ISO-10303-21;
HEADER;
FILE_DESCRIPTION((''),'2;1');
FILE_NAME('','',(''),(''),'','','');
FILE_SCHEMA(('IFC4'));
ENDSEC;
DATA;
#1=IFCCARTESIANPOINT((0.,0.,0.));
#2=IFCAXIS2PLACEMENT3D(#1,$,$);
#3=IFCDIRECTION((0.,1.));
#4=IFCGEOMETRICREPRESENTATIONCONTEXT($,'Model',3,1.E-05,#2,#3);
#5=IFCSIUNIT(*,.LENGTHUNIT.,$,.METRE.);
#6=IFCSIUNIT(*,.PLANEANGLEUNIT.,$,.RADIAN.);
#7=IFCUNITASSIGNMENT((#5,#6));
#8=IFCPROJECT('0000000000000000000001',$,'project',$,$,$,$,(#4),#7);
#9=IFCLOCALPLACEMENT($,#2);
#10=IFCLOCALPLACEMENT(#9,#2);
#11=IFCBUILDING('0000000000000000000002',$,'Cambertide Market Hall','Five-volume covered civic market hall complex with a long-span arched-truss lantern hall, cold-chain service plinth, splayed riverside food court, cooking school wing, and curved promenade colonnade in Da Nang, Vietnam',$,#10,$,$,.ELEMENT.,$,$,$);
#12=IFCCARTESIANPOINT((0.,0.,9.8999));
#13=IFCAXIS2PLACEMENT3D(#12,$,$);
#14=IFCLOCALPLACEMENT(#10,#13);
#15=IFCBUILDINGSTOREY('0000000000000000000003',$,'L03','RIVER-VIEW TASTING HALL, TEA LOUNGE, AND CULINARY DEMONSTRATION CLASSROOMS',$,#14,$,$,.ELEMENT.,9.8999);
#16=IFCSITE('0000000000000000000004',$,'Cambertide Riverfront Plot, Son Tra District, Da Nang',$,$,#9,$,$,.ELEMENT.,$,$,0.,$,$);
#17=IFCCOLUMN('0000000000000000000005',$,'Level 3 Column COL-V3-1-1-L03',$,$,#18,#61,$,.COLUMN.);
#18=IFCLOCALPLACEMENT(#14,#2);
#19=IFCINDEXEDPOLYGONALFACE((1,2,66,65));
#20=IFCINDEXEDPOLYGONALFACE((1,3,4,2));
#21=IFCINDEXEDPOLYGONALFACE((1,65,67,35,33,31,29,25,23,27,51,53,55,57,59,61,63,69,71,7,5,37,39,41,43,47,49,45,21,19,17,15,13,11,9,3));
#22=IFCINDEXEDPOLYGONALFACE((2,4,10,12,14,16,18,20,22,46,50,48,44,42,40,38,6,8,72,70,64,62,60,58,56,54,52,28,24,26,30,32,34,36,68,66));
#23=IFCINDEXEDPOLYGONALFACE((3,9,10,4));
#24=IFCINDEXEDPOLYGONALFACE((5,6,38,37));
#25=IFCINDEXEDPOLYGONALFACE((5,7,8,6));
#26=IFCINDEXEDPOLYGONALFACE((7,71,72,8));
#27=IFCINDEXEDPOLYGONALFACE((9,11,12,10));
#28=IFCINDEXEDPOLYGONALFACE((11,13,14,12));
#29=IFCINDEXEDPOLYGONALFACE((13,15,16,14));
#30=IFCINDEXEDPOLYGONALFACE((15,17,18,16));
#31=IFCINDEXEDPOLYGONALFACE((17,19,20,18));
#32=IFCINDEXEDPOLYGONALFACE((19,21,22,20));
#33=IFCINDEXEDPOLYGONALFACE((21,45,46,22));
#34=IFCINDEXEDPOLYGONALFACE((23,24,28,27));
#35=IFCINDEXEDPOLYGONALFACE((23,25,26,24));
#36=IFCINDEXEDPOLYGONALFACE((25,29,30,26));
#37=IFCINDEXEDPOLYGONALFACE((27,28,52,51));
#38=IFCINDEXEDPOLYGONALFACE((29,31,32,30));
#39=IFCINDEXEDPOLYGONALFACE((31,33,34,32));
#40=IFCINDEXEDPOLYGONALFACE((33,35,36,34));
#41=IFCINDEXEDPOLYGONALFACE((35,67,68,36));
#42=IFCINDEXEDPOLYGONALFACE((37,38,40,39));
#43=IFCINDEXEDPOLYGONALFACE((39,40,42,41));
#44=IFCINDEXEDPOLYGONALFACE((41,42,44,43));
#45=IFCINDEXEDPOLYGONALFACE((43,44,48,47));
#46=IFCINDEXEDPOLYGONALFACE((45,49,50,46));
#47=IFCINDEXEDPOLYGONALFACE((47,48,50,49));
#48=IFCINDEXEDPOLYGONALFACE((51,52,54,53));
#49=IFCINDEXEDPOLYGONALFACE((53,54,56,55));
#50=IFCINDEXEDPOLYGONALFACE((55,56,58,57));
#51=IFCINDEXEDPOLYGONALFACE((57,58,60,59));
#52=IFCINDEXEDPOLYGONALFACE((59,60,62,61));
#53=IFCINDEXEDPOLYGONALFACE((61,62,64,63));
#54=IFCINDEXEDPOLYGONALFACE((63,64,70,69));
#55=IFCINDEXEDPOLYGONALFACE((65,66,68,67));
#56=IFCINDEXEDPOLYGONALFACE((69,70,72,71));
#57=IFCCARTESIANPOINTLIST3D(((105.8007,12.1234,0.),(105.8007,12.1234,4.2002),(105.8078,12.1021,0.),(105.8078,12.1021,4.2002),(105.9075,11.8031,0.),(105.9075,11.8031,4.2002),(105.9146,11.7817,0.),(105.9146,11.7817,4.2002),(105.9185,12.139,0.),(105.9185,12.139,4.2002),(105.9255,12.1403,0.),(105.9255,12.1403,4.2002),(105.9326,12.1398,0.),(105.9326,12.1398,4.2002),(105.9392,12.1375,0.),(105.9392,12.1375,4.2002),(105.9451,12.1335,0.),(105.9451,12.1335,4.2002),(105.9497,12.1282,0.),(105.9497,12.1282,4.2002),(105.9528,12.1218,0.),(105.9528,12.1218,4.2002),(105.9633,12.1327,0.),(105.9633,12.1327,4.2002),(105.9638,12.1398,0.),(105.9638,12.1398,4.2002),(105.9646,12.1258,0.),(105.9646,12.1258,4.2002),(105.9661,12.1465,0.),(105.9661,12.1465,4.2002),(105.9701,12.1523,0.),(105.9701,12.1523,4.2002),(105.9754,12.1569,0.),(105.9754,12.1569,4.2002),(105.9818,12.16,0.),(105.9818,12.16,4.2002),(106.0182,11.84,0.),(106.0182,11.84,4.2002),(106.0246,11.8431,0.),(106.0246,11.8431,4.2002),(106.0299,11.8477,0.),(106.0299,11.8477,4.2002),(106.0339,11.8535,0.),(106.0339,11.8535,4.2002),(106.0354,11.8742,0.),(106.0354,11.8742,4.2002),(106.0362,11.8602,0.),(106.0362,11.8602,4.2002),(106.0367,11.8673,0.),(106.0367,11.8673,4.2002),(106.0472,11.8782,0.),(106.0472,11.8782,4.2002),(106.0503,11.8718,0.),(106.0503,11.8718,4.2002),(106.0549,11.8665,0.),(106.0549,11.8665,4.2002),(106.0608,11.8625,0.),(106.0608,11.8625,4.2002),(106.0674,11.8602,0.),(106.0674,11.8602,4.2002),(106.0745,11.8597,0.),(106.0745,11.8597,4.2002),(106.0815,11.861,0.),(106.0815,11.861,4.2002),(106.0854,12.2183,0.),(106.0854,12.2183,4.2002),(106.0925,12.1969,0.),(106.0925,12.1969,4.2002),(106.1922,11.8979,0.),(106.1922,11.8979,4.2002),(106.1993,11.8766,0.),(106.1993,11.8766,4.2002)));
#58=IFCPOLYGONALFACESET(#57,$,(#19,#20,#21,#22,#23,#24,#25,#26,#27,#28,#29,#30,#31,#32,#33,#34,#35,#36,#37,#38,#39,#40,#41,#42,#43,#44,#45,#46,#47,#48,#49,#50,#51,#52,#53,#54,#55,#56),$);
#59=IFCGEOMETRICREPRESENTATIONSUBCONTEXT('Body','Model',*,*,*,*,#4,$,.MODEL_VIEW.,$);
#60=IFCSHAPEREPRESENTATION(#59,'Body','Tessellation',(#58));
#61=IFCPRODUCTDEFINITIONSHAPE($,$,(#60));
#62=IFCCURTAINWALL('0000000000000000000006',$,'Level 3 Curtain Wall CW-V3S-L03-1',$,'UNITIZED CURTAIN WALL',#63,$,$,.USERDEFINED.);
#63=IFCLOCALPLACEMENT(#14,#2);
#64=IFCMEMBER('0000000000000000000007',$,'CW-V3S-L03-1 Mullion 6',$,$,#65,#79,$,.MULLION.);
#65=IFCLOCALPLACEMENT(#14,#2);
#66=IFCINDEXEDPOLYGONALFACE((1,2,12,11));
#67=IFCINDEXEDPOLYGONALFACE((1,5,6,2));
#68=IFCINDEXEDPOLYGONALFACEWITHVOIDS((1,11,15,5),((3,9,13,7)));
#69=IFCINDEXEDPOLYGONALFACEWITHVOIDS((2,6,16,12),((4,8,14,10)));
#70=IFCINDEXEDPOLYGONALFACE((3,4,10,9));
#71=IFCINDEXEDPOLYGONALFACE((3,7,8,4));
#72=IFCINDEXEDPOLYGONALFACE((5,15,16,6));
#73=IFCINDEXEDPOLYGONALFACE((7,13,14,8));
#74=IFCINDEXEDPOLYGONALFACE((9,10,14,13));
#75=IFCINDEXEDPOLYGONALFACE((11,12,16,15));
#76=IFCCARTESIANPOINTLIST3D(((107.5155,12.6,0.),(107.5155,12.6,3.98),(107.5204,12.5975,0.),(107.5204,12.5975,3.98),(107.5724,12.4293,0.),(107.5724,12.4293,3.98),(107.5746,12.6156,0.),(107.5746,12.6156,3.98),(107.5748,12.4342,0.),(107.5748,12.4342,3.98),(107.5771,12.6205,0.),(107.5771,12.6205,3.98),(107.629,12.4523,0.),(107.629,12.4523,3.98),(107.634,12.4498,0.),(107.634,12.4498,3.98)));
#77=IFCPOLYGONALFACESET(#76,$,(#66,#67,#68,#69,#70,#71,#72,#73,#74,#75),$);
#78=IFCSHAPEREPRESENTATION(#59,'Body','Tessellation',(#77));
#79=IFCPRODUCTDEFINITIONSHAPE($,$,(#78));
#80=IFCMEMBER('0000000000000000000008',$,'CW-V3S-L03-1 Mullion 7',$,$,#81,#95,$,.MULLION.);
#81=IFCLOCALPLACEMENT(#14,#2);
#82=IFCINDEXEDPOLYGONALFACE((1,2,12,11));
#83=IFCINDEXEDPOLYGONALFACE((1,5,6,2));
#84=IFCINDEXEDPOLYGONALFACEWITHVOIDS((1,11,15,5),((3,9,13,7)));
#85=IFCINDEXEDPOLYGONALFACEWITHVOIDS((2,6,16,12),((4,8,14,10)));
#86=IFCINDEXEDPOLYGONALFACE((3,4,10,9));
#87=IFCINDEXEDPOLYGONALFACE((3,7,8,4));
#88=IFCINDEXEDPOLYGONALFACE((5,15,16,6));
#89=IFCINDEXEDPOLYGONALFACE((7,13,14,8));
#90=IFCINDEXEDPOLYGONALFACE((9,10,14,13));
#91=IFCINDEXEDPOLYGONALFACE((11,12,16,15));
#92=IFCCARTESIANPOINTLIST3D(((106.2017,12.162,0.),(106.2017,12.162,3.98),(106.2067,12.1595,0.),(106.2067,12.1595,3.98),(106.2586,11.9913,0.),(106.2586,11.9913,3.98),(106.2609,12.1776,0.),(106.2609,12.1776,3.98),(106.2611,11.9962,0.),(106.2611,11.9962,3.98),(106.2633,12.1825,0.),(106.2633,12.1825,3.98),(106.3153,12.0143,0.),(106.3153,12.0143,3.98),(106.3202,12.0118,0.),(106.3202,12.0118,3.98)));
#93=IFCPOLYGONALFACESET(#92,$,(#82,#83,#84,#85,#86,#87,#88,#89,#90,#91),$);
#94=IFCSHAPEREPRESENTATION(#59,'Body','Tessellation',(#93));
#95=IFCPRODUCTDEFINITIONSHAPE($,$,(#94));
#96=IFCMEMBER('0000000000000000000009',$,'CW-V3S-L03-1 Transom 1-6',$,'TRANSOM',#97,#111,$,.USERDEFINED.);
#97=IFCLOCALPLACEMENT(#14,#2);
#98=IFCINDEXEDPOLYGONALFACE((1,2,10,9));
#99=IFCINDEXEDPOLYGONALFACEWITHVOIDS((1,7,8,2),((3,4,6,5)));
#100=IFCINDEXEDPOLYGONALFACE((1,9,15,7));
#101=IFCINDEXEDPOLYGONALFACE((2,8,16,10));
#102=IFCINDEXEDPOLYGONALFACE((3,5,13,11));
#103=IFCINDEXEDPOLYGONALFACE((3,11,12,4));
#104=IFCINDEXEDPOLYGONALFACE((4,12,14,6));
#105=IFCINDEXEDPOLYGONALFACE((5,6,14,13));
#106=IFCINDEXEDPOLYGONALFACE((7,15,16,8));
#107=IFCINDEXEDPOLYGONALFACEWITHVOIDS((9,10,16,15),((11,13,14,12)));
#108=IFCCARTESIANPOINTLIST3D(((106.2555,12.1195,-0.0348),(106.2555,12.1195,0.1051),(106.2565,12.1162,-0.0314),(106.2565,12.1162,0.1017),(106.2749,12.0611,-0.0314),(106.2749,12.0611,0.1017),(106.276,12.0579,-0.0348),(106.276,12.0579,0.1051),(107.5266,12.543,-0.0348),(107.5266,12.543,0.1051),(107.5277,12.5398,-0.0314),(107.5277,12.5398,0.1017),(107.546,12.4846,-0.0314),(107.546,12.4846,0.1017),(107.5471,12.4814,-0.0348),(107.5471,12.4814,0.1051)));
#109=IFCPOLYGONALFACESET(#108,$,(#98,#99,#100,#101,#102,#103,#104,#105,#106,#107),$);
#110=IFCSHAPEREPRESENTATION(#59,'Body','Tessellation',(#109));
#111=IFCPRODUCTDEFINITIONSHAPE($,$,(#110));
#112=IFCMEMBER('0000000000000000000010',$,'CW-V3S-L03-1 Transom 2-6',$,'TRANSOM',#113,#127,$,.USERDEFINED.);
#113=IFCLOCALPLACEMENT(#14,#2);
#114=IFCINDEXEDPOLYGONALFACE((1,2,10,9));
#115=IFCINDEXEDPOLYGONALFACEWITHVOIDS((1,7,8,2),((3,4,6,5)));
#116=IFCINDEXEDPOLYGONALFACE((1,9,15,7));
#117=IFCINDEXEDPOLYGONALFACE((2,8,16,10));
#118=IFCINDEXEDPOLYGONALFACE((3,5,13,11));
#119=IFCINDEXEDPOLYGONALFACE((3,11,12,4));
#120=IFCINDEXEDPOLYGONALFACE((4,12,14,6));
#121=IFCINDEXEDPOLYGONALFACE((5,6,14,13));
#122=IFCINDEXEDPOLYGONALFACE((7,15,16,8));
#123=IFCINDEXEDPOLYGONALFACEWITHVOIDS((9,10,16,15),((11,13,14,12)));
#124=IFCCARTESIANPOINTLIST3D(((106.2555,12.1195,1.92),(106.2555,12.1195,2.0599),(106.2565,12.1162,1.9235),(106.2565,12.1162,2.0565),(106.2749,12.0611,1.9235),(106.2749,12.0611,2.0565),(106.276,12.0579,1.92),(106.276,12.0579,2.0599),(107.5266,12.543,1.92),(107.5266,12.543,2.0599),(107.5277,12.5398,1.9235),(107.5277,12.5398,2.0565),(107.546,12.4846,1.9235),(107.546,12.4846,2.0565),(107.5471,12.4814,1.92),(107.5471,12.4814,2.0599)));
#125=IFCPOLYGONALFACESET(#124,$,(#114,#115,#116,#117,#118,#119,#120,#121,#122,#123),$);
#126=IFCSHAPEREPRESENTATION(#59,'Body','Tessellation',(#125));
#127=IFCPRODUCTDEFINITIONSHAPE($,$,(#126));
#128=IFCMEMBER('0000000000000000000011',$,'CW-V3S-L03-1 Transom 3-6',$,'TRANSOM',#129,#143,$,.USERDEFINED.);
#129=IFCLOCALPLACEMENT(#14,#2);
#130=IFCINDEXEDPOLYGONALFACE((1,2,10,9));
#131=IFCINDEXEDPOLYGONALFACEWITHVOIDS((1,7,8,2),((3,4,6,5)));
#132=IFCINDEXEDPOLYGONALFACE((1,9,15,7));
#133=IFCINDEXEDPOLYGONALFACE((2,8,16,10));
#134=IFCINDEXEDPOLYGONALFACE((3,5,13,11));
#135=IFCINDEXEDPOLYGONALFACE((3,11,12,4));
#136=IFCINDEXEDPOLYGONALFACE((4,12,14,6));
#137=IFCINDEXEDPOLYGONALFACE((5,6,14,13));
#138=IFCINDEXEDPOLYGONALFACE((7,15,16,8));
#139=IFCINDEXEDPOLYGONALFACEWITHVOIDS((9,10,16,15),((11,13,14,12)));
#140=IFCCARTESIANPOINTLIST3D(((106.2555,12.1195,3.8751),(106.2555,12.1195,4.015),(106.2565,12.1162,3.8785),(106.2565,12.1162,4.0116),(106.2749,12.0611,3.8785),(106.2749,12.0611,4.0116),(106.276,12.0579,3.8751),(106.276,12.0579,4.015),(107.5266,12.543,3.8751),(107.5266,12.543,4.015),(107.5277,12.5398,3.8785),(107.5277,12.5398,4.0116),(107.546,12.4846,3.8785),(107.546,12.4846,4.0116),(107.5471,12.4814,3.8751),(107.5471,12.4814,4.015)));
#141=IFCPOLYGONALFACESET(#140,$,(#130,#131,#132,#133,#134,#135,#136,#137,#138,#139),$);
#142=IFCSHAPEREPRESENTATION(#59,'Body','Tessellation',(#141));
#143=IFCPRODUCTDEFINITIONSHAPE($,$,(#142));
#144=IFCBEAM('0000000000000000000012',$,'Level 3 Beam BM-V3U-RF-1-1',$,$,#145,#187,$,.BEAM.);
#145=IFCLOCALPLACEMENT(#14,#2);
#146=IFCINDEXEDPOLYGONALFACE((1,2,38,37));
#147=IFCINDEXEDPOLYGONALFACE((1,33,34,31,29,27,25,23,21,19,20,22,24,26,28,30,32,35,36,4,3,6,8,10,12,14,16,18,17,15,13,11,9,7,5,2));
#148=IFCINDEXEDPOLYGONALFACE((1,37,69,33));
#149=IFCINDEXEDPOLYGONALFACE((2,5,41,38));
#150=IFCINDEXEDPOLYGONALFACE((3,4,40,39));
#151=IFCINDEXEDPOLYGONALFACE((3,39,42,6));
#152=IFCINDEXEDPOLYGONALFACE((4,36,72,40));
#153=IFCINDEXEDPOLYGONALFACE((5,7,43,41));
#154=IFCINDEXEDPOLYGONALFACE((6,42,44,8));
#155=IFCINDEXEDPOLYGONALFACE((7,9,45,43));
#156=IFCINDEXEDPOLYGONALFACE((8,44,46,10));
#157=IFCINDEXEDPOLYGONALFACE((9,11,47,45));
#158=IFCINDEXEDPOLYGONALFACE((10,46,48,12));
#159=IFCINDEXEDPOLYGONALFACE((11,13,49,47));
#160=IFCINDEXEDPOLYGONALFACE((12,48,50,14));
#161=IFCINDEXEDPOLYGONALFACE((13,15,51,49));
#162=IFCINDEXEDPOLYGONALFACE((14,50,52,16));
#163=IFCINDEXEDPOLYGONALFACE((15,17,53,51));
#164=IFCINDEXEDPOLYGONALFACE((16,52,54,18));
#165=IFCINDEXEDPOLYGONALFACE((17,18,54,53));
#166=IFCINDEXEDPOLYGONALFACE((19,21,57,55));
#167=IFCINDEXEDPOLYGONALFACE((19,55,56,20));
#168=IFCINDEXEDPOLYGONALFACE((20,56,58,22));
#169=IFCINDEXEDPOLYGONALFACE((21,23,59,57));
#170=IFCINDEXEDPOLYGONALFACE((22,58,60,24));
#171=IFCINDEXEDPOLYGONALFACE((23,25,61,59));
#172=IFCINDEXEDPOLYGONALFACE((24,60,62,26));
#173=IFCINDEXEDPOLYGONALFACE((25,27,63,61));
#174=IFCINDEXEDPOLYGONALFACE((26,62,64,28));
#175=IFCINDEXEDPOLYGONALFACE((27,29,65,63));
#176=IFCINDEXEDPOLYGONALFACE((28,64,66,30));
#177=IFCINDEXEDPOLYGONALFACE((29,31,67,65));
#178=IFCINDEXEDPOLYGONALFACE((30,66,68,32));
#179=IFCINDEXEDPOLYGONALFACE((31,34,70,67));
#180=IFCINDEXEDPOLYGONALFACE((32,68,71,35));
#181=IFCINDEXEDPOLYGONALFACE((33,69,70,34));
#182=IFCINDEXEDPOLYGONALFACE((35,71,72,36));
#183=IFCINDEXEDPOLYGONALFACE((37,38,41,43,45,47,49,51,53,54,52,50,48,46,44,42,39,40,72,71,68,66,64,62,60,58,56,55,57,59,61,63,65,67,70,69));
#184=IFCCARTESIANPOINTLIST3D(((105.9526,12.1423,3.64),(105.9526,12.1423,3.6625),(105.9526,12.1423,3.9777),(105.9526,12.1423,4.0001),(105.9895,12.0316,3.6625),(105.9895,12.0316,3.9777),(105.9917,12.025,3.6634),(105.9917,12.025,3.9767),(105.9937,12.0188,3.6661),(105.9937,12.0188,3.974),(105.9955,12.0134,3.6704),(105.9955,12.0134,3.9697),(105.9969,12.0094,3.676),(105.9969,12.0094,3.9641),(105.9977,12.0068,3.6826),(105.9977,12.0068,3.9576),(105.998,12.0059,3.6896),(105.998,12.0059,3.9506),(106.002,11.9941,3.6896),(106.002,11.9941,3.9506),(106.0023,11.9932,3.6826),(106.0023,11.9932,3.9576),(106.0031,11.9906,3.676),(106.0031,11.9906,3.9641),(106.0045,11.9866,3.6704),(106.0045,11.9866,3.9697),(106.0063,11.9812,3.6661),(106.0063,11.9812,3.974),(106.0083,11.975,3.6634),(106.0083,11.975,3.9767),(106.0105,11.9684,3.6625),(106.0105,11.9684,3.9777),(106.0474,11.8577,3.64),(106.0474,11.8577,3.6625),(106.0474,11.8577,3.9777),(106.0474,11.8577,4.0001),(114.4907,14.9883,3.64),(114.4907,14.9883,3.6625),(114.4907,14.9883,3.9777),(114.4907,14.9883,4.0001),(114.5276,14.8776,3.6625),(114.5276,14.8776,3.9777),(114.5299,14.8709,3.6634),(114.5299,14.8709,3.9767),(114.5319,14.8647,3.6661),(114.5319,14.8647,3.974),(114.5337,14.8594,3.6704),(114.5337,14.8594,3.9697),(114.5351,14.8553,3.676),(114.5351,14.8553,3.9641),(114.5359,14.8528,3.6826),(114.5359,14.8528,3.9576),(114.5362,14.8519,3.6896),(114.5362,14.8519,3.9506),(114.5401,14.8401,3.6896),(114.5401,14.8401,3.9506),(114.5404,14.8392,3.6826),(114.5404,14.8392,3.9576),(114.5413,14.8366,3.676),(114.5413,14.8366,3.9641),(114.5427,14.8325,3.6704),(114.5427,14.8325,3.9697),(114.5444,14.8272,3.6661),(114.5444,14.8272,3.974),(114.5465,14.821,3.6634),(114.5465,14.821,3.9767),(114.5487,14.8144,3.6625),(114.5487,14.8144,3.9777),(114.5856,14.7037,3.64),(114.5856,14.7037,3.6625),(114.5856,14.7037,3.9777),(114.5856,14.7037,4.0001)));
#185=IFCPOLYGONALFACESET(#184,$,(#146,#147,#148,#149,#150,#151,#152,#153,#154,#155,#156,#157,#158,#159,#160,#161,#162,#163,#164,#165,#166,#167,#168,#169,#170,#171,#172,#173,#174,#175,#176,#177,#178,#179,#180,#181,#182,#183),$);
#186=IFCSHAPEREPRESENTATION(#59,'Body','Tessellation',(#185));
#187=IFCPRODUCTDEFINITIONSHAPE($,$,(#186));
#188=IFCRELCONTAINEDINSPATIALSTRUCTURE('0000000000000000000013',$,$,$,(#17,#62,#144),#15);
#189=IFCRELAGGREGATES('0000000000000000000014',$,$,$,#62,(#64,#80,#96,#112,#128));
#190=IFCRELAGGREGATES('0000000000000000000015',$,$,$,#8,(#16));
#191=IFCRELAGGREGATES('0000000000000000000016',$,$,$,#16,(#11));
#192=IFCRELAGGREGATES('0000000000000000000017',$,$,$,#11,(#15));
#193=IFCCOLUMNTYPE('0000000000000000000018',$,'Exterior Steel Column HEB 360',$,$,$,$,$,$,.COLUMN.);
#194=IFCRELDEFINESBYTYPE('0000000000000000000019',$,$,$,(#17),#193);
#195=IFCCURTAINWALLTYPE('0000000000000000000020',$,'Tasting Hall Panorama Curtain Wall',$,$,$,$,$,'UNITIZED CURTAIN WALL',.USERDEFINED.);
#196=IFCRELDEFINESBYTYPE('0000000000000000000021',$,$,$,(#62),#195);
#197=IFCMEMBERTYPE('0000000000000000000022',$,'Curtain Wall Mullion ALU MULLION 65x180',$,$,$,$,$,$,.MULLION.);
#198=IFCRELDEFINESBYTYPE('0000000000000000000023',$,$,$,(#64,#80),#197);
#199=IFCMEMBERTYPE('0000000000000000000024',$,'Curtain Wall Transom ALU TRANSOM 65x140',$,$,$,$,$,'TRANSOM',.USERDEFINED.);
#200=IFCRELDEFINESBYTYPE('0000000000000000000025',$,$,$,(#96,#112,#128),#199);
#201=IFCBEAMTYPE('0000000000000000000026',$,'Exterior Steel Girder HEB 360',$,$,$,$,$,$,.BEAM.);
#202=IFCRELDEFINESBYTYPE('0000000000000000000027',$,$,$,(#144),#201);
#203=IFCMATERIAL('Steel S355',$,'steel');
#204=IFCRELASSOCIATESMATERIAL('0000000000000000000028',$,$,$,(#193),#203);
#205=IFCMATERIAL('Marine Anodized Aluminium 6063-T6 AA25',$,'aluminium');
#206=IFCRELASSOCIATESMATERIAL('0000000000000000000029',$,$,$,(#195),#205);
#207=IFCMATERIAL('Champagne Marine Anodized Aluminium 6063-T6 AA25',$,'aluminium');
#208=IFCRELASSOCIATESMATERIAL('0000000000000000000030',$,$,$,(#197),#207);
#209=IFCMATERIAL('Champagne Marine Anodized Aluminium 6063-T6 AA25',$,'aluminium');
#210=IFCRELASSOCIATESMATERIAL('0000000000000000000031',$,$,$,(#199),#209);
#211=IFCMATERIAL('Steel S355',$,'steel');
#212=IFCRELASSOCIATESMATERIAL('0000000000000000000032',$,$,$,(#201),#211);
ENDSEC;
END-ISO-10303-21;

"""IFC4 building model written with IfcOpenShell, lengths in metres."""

from ifc_helpers import new_model, si_unit, direction, frame, origin, origin_2d, place, context, subcontext, project, spatial, hollow_rectangle, i_section, extrude, material, material_profile, profile_set, type_object, element, aggregate, save


model = new_model("IFC4")

# Units and contexts
model_context = context("Model", 3, precision=1e-05, world=origin(), true_north=direction((0.0, 1.0)))
body_context = subcontext(model_context, "Body", "Model", "MODEL_VIEW")
ifc_project = project(units=[si_unit("LENGTHUNIT", "METRE"), si_unit("PLANEANGLEUNIT", "RADIAN")], contexts=[model_context])

# Site, building, storey
site_placement = place(None, origin())
site = spatial("IfcSite", under=ifc_project, at=site_placement, Name="Cambertide Riverfront Plot, Son Tra District, Da Nang", CompositionType="ELEMENT", RefElevation=0.0)
building_placement = place(site_placement, origin())
building = spatial("IfcBuilding", under=site, at=building_placement, Name="Cambertide Market Hall", Description="Five-volume covered civic market hall complex with a long-span arched-truss lantern hall, cold-chain service plinth, splayed riverside food court, cooking school wing, and curved promenade colonnade in Da Nang, Vietnam", CompositionType="ELEMENT")
storey_placement = place(building_placement, frame((0.0, 0.0, 9.8999)))
storey = spatial("IfcBuildingStorey", under=building, at=storey_placement, Name="L03", Description="RIVER-VIEW TASTING HALL, TEA LOUNGE, AND CULINARY DEMONSTRATION CLASSROOMS", CompositionType="ELEMENT", Elevation=9.8999)

# Column
ifc_material_1 = material(Name="Steel S355", Category="steel")
ifc_material_profile_1 = material_profile(ifc_material_1, i_section(OverallWidth=0.3, OverallDepth=0.3601, WebThickness=0.0125, FlangeThickness=0.0225, FilletRadius=0.0271, at=origin_2d()), Name="HEB 360")
ifc_profile_set_1 = profile_set([ifc_material_profile_1], Name="Steel S355")
column_type = type_object("IfcColumnType", Name="Exterior Steel Column HEB 360", PredefinedType="COLUMN", material=ifc_profile_set_1)
column_placement = place(storey_placement, frame((106.0, 12.0, 0.0), z_axis=(0.0, 0.0, 1.0), x_axis=(0.948683, 0.316228, 0.0)))
element("IfcColumn", 1, at=column_placement, inside=storey, type_object=column_type, Name="Level 3 Column COL-V3-1-1-L03", PredefinedType="COLUMN", context=body_context, shape_type="SweptSolid", body=[
    extrude(i_section(OverallWidth=0.3, OverallDepth=0.3601, WebThickness=0.0125, FlangeThickness=0.0225, FilletRadius=0.0271, at=origin_2d()), origin(), (0.0, 0.0, 1.0), 4.2002),
])

# Curtain wall, members
ifc_material_2 = material(Name="Marine Anodized Aluminium 6063-T6 AA25", Category="aluminium")
curtain_wall_type = type_object("IfcCurtainWallType", Name="Tasting Hall Panorama Curtain Wall", ElementType="UNITIZED CURTAIN WALL", PredefinedType="USERDEFINED", material=ifc_material_2)
curtain_wall_placement = place(storey_placement, origin())
curtain_wall = element("IfcCurtainWall", 2, at=curtain_wall_placement, inside=storey, type_object=curtain_wall_type, Name="Level 3 Curtain Wall CW-V3S-L03-1", ObjectType="UNITIZED CURTAIN WALL", PredefinedType="USERDEFINED")
ifc_material_3 = material(Name="Champagne Marine Anodized Aluminium 6063-T6 AA25", Category="aluminium")
ifc_material_profile_2 = material_profile(ifc_material_3, hollow_rectangle(XDim=0.0649, YDim=0.1799, WallThickness=0.0039, at=origin_2d()), Name="ALU MULLION 65x180")
ifc_profile_set_2 = profile_set([ifc_material_profile_2], Name="Champagne Marine Anodized Aluminium 6063-T6 AA25")
member_type_1 = type_object("IfcMemberType", Name="Curtain Wall Mullion ALU MULLION 65x180", PredefinedType="MULLION", material=ifc_profile_set_2)
member_1_placement = place(storey_placement, frame((107.5747, 12.5249, 0.0), z_axis=(0.0, 0.0, 1.0), x_axis=(-0.948683, -0.316228, 0.0)))
member_1 = element("IfcMember", 3, at=member_1_placement, type_object=member_type_1, Name="CW-V3S-L03-1 Mullion 6", PredefinedType="MULLION", context=body_context, shape_type="SweptSolid", body=[
    extrude(hollow_rectangle(XDim=0.0649, YDim=0.1799, WallThickness=0.0039, at=origin_2d()), origin(), (0.0, 0.0, 1.0), 3.98),
])
member_2_placement = place(storey_placement, frame((106.261, 12.0869, 0.0), z_axis=(0.0, 0.0, 1.0), x_axis=(-0.948683, -0.316228, 0.0)))
member_2 = element("IfcMember", 4, at=member_2_placement, type_object=member_type_1, Name="CW-V3S-L03-1 Mullion 7", PredefinedType="MULLION", context=body_context, shape_type="SweptSolid", body=[
    extrude(hollow_rectangle(XDim=0.0649, YDim=0.1799, WallThickness=0.0039, at=origin_2d()), origin(), (0.0, 0.0, 1.0), 3.98),
])
ifc_material_4 = material(Name="Champagne Marine Anodized Aluminium 6063-T6 AA25", Category="aluminium")
ifc_material_profile_3 = material_profile(ifc_material_4, hollow_rectangle(XDim=0.0649, YDim=0.1399, WallThickness=0.0034, at=origin_2d()), Name="ALU TRANSOM 65x140")
ifc_profile_set_3 = profile_set([ifc_material_profile_3], Name="Champagne Marine Anodized Aluminium 6063-T6 AA25")
member_type_2 = type_object("IfcMemberType", Name="Curtain Wall Transom ALU TRANSOM 65x140", ElementType="TRANSOM", PredefinedType="USERDEFINED", material=ifc_profile_set_3)
member_3_placement = place(storey_placement, frame((107.5369, 12.5122, 0.0352), z_axis=(-0.94872, -0.316118, 0.0), x_axis=(0.316118, -0.94872, 0.0)))
member_3 = element("IfcMember", 5, at=member_3_placement, type_object=member_type_2, Name="CW-V3S-L03-1 Transom 1-6", ObjectType="TRANSOM", PredefinedType="USERDEFINED", context=body_context, shape_type="SweptSolid", body=[
    extrude(hollow_rectangle(XDim=0.0649, YDim=0.1399, WallThickness=0.0034, at=origin_2d()), origin(), (0.0, 0.0, 1.0), 1.3398),
])
member_4_placement = place(storey_placement, frame((107.5369, 12.5122, 1.99), z_axis=(-0.94872, -0.316118, 0.0), x_axis=(0.316118, -0.94872, 0.0)))
member_4 = element("IfcMember", 6, at=member_4_placement, type_object=member_type_2, Name="CW-V3S-L03-1 Transom 2-6", ObjectType="TRANSOM", PredefinedType="USERDEFINED", context=body_context, shape_type="SweptSolid", body=[
    extrude(hollow_rectangle(XDim=0.0649, YDim=0.1399, WallThickness=0.0034, at=origin_2d()), origin(), (0.0, 0.0, 1.0), 1.3398),
])
member_5_placement = place(storey_placement, frame((107.5369, 12.5122, 3.9451), z_axis=(-0.94872, -0.316118, 0.0), x_axis=(0.316118, -0.94872, 0.0)))
member_5 = element("IfcMember", 7, at=member_5_placement, type_object=member_type_2, Name="CW-V3S-L03-1 Transom 3-6", ObjectType="TRANSOM", PredefinedType="USERDEFINED", context=body_context, shape_type="SweptSolid", body=[
    extrude(hollow_rectangle(XDim=0.0649, YDim=0.1399, WallThickness=0.0034, at=origin_2d()), origin(), (0.0, 0.0, 1.0), 1.3398),
])

# Beam
ifc_material_5 = material(Name="Steel S355", Category="steel")
ifc_material_profile_4 = material_profile(ifc_material_5, i_section(OverallWidth=0.3, OverallDepth=0.3601, WebThickness=0.0125, FlangeThickness=0.0225, FilletRadius=0.0271, at=origin_2d()), Name="HEB 360")
ifc_profile_set_4 = profile_set([ifc_material_profile_4], Name="Steel S355")
beam_type_1 = type_object("IfcBeamType", Name="Exterior Steel Girder HEB 360", PredefinedType="BEAM", material=ifc_profile_set_4)
for number, where, z_axis, x_axis, name in (
    (8, (106.0, 12.0, 3.8201), (0.948686, 0.31622, 0.0), (-0.31622, 0.948686, 0.0), "Level 3 Beam BM-V3U-RF-1-1"),
):
    element("IfcBeam", number, at=place(storey_placement, frame(where, z_axis=z_axis, x_axis=x_axis)), inside=storey, type_object=beam_type_1, Name=name, PredefinedType="BEAM", context=body_context, shape_type="SweptSolid", body=[
        extrude(i_section(OverallWidth=0.3, OverallDepth=0.3601, WebThickness=0.0125, FlangeThickness=0.0225, FilletRadius=0.0271, at=origin_2d()), origin(), (0.0, 0.0, 1.0), 9.0),
    ])

aggregate(curtain_wall, [member_1, member_2, member_3, member_4, member_5])

save(model, "model.ifc")
